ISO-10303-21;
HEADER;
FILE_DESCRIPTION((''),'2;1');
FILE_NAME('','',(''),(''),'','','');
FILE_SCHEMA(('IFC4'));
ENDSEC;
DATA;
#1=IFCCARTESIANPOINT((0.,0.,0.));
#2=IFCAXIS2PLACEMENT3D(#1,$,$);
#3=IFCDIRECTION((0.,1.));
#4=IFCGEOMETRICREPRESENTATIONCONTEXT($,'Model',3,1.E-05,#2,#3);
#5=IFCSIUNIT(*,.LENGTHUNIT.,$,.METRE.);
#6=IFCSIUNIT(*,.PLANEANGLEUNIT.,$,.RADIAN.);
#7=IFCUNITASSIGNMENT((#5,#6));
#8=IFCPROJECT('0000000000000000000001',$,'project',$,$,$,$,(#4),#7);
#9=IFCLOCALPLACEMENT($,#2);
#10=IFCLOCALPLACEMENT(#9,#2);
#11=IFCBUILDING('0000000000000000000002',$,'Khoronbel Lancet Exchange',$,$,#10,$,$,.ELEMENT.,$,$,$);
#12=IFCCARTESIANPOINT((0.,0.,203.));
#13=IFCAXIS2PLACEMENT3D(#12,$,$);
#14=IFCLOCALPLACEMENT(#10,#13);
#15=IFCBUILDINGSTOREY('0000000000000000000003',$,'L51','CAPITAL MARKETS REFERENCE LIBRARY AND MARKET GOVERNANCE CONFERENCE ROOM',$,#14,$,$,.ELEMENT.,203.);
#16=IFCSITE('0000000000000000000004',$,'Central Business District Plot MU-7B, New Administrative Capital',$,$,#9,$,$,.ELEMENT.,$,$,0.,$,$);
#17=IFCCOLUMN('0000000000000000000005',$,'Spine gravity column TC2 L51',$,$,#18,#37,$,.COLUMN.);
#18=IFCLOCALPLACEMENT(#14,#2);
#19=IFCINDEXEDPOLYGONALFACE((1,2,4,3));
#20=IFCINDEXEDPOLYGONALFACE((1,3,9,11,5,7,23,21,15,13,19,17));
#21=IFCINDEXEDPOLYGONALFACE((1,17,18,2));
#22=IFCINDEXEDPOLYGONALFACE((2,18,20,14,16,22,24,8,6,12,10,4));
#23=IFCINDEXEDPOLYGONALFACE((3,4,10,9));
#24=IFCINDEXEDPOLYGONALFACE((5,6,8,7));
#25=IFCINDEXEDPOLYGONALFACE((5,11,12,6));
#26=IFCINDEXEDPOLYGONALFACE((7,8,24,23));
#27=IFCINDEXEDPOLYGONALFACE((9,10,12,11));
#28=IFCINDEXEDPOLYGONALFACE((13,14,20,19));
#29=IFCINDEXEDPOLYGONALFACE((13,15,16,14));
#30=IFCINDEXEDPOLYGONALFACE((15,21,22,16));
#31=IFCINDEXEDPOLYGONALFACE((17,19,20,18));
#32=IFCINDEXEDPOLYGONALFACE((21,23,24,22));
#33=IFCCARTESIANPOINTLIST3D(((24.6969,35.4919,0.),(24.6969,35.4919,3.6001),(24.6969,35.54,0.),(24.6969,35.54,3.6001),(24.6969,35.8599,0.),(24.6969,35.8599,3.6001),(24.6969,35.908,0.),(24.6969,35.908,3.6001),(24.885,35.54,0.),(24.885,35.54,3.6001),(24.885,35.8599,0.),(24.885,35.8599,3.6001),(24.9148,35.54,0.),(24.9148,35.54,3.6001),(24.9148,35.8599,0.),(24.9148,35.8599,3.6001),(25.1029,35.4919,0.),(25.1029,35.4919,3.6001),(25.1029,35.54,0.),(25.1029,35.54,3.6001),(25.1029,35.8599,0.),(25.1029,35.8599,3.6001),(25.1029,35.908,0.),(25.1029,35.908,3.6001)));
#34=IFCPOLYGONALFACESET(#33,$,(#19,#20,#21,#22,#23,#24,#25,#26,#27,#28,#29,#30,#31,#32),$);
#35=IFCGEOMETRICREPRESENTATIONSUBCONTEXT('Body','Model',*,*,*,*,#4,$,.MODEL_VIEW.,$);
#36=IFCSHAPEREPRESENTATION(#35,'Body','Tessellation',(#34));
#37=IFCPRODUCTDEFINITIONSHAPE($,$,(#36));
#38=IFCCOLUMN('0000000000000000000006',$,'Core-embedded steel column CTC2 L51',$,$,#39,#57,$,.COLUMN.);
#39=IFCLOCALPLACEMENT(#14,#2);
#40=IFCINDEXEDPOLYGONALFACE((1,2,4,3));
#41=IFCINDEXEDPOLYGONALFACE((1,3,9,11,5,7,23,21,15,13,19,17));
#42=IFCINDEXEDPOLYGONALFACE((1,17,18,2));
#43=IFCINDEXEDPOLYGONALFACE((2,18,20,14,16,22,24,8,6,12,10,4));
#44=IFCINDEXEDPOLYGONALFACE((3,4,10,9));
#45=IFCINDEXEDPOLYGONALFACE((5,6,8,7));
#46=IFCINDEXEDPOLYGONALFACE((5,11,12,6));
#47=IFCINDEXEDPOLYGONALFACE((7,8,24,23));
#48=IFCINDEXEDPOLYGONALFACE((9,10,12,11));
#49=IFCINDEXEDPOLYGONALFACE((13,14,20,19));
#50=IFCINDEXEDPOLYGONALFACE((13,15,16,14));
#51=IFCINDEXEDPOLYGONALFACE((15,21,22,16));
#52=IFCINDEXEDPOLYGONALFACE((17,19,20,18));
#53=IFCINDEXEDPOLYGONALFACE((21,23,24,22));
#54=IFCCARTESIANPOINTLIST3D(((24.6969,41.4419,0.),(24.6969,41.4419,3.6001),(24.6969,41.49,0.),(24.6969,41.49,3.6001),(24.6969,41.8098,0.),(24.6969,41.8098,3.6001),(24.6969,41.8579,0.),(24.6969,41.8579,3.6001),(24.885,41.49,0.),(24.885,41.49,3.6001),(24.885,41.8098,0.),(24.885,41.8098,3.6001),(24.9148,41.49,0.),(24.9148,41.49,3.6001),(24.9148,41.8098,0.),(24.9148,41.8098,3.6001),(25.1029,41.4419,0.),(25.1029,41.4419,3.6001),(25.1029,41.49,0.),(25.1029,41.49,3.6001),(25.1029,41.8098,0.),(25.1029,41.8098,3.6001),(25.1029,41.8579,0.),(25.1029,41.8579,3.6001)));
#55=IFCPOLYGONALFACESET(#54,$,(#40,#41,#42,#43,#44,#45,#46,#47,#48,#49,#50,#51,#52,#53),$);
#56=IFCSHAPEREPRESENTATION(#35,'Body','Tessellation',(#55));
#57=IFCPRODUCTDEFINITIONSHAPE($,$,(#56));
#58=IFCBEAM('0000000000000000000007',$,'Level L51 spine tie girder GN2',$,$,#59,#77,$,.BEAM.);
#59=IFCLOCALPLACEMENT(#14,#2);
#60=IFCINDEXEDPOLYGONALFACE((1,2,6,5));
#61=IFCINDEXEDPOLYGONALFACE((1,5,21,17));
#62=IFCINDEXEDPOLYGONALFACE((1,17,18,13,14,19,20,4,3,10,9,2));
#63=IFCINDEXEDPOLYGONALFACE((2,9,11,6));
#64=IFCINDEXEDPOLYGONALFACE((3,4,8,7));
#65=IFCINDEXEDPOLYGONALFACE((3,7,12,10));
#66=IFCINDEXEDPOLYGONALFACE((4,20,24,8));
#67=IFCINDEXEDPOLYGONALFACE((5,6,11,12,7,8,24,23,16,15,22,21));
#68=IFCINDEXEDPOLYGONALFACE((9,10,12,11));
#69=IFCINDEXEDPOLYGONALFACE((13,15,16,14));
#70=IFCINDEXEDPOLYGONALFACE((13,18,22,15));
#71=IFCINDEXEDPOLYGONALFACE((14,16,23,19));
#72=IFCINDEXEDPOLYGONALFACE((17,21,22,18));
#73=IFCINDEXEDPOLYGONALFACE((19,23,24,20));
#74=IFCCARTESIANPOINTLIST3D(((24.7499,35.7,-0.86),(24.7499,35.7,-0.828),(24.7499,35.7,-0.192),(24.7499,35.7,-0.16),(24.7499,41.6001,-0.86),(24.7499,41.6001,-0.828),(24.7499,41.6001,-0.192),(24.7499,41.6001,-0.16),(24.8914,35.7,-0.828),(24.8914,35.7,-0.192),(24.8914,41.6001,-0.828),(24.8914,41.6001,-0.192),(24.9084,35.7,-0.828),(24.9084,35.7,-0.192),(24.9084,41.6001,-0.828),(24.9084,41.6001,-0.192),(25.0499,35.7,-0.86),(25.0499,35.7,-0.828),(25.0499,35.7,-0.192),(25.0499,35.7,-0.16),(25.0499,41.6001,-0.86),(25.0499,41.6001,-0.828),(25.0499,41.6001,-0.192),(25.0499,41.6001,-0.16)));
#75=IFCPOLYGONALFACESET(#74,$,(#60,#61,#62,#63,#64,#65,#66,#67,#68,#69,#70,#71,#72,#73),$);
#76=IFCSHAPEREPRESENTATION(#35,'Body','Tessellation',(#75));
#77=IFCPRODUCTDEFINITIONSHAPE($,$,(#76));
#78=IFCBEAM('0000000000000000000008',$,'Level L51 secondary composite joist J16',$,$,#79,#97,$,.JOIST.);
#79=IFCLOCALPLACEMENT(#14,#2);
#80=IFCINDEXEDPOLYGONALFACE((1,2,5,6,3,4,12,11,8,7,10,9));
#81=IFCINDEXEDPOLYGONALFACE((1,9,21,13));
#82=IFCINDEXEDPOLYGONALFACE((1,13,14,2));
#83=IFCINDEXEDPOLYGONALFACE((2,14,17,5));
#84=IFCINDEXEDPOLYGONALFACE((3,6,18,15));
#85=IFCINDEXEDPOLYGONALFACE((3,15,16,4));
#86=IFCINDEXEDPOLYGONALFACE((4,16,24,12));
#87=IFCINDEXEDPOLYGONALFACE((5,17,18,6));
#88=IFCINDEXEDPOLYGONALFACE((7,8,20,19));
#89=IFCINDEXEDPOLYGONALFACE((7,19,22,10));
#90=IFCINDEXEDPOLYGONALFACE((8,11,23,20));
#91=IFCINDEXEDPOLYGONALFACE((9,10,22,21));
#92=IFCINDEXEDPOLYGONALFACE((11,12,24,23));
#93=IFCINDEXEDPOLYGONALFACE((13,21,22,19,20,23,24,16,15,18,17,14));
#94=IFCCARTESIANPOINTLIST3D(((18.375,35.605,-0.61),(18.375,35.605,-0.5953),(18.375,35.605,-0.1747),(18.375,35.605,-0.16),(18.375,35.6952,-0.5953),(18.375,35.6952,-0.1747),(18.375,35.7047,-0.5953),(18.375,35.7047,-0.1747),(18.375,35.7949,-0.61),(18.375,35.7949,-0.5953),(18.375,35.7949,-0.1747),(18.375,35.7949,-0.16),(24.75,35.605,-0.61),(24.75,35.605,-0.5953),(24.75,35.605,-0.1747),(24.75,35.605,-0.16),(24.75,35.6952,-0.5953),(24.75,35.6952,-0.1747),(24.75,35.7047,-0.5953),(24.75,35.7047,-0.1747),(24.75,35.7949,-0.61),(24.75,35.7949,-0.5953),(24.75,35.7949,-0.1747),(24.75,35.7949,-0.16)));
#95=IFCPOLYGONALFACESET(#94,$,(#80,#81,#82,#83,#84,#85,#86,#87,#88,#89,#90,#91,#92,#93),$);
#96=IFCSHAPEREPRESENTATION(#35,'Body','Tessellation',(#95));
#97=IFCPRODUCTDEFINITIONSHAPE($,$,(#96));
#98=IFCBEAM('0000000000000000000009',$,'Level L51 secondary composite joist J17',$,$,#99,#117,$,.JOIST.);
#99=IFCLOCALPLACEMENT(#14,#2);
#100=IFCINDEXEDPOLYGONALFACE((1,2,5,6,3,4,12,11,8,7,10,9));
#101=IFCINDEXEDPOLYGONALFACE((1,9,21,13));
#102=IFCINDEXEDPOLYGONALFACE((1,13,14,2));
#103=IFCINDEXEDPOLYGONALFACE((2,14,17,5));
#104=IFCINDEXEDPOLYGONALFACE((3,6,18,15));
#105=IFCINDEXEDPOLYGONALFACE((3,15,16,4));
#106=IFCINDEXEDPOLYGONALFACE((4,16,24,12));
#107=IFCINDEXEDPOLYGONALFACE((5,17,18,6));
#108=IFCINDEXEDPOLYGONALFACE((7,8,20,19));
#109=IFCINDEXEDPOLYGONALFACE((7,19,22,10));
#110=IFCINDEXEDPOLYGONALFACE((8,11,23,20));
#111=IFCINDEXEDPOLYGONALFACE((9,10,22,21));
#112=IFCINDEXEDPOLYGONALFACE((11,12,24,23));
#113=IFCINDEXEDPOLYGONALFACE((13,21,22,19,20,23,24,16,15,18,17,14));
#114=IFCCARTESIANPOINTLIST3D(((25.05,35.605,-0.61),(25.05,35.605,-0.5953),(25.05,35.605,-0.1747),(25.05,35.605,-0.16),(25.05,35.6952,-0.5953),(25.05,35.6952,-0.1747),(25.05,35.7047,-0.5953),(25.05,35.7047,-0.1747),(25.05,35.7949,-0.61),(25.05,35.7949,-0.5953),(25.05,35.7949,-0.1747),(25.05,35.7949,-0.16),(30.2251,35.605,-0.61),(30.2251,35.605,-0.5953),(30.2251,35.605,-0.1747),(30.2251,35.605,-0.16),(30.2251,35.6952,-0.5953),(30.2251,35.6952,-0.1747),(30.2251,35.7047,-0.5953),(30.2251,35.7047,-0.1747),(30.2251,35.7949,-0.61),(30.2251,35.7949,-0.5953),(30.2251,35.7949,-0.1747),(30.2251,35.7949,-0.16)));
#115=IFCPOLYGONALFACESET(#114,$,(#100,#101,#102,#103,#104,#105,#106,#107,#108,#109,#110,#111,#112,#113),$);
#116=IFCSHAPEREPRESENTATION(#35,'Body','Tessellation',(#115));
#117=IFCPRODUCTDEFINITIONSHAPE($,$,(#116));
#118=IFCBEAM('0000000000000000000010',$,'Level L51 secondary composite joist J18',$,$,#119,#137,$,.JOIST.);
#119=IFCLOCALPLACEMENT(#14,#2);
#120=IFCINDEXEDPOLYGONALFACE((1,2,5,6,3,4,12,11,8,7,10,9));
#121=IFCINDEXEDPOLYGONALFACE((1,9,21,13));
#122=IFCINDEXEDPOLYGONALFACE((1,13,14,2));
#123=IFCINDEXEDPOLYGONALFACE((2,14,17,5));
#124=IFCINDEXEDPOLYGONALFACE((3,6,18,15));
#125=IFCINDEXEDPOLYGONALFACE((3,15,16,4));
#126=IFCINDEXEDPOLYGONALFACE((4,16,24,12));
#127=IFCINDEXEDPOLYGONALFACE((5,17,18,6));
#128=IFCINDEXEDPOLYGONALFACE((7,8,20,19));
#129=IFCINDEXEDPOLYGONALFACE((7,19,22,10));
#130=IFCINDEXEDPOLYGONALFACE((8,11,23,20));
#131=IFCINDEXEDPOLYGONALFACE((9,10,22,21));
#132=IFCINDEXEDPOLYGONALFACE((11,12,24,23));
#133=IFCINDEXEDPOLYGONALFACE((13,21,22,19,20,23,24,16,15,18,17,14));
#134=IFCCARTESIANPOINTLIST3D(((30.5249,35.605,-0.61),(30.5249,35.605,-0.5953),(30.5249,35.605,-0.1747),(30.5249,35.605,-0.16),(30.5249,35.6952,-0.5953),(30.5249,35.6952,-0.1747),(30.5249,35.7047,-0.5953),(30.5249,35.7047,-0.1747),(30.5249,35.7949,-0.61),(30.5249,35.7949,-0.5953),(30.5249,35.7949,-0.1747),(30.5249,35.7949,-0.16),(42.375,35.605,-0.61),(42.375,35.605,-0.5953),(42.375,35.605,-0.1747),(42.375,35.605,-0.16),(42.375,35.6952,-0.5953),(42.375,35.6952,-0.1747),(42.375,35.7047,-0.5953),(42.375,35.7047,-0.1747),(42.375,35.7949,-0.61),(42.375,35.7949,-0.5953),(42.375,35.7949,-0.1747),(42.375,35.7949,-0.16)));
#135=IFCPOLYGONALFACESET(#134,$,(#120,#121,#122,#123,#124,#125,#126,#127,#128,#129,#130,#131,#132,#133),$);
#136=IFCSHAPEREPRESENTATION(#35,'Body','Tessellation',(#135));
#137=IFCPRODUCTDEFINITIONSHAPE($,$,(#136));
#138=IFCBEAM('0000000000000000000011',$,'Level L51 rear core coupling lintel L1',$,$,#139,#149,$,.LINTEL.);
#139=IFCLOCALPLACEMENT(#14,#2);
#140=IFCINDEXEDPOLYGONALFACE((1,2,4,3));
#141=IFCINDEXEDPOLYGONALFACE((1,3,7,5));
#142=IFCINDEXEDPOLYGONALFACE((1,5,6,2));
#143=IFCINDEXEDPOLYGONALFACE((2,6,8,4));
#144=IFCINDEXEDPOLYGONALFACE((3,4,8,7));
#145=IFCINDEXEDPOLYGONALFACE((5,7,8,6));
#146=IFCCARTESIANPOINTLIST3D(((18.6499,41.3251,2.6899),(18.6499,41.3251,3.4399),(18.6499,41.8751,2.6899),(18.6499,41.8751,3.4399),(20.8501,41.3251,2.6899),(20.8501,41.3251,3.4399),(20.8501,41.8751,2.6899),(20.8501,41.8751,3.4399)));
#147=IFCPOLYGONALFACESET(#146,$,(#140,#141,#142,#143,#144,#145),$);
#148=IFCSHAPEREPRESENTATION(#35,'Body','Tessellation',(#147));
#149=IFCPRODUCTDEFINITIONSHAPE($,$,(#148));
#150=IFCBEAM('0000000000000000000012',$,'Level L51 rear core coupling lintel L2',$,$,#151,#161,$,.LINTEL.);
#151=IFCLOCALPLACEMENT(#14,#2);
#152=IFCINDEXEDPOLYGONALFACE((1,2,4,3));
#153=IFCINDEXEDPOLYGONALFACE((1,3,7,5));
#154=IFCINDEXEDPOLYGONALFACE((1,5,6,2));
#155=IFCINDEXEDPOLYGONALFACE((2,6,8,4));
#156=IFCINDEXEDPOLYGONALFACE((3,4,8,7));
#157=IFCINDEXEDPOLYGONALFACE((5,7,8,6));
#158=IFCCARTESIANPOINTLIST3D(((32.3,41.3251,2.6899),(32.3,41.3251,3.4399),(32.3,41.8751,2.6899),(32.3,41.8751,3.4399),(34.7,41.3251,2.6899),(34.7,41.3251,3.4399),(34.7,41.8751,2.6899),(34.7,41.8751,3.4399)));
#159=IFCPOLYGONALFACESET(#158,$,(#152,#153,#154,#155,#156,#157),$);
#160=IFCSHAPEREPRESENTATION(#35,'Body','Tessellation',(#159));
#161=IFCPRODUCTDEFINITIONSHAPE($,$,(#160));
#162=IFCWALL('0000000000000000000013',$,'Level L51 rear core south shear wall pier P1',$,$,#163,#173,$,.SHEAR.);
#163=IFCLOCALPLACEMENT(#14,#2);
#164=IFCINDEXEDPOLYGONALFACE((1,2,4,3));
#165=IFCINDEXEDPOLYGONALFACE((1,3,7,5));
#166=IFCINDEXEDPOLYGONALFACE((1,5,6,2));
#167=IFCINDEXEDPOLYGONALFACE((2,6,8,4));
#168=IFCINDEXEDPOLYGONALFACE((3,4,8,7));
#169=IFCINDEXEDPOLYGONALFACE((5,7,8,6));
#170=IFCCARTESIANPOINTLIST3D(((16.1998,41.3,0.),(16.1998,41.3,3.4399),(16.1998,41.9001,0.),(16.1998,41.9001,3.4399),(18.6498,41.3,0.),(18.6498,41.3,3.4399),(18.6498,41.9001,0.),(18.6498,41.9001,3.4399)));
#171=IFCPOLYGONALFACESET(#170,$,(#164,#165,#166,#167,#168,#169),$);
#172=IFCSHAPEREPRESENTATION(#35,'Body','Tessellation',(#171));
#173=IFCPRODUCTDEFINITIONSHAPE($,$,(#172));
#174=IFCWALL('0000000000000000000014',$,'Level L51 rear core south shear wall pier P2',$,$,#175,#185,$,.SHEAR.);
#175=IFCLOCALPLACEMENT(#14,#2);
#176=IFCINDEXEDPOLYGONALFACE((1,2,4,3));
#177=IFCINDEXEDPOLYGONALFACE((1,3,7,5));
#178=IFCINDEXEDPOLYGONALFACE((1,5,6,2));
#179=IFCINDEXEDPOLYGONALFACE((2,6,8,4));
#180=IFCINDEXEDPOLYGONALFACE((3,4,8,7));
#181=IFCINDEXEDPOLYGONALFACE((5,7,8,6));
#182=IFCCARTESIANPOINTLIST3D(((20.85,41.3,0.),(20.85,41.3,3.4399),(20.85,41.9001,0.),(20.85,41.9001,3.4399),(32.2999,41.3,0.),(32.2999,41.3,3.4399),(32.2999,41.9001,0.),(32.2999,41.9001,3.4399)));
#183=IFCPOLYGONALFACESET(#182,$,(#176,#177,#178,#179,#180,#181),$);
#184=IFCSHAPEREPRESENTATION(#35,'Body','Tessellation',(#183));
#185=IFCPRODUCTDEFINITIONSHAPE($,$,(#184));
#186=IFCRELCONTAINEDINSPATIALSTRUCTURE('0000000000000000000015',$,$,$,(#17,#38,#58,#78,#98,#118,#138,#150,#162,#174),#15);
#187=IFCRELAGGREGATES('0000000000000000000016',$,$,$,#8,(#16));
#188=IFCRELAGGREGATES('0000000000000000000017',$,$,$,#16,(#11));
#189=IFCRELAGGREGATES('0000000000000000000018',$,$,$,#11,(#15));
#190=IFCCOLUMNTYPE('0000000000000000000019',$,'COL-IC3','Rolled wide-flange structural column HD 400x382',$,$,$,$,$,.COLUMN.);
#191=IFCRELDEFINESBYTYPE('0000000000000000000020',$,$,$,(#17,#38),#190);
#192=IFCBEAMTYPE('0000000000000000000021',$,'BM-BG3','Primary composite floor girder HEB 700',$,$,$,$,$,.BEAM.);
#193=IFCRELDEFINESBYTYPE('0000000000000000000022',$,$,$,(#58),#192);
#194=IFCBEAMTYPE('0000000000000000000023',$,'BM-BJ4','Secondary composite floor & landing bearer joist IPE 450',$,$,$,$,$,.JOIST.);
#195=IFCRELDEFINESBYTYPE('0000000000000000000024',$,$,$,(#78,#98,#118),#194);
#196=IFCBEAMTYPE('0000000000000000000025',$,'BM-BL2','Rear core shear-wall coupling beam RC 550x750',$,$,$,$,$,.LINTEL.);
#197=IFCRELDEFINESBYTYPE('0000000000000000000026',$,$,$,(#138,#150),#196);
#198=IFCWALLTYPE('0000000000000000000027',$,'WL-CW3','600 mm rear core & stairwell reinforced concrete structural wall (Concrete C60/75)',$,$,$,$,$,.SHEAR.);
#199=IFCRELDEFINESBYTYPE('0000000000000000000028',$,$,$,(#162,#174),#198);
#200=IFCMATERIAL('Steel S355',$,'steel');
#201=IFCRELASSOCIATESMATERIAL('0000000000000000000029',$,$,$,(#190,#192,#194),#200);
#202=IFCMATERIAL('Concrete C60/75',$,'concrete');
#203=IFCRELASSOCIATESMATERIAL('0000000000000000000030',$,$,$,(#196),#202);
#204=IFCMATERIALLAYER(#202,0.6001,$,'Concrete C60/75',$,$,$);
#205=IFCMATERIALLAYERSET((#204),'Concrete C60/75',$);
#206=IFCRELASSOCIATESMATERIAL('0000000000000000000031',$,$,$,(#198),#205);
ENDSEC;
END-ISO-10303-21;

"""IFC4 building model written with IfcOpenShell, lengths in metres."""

from ifc_helpers import new_model, si_unit, direction, frame, frame_2d, origin, origin_2d, place, context, subcontext, project, spatial, rectangle, i_section, extrude, material, layer, layer_set, material_profile, profile_set, type_object, element, save


model = new_model("IFC4")

# Units and contexts
model_context = context("Model", 3, precision=1e-05, world=origin(), true_north=direction((0.0, 1.0)))
body_context = subcontext(model_context, "Body", "Model", "MODEL_VIEW")
ifc_project = project(units=[si_unit("LENGTHUNIT", "METRE"), si_unit("PLANEANGLEUNIT", "RADIAN")], contexts=[model_context])

# Site, building, storey
site_placement = place(None, origin())
site = spatial("IfcSite", under=ifc_project, at=site_placement, Name="Central Business District Plot MU-7B, New Administrative Capital", CompositionType="ELEMENT", RefElevation=0.0)
building_placement = place(site_placement, origin())
building = spatial("IfcBuilding", under=site, at=building_placement, Name="Khoronbel Lancet Exchange", CompositionType="ELEMENT")
storey_placement = place(building_placement, frame((0.0, 0.0, 203.0)))
storey = spatial("IfcBuildingStorey", under=building, at=storey_placement, Name="L51", Description="CAPITAL MARKETS REFERENCE LIBRARY AND MARKET GOVERNANCE CONFERENCE ROOM", CompositionType="ELEMENT", Elevation=203.0)

# Columns
ifc_material_1 = material(Name="Steel S355", Category="steel")
ifc_material_profile_1 = material_profile(ifc_material_1, i_section(OverallWidth=0.406, OverallDepth=0.416, WebThickness=0.0298, FlangeThickness=0.0481, at=origin_2d()), Name="HD 400x382")
ifc_profile_set_1 = profile_set([ifc_material_profile_1], Name="Steel S355")
column_type = type_object("IfcColumnType", Name="COL-IC3", Description="Rolled wide-flange structural column HD 400x382", PredefinedType="COLUMN", material=ifc_profile_set_1)
for number, where, z_axis, x_axis, name in (
    (1, (24.8999, 35.7, 0.0), (0.0, 0.0, 1.0), (1.0, 0.0, 0.0), "Spine gravity column TC2 L51"),
    (2, (24.8999, 41.6499, 0.0), (0.0, 0.0, 1.0), (1.0, 0.0, 0.0), "Core-embedded steel column CTC2 L51"),
):
    element("IfcColumn", number, at=place(storey_placement, frame(where, z_axis=z_axis, x_axis=x_axis)), inside=storey, type_object=column_type, Name=name, PredefinedType="COLUMN", context=body_context, shape_type="SweptSolid", body=[
        extrude(i_section(OverallWidth=0.406, OverallDepth=0.416, WebThickness=0.0298, FlangeThickness=0.0481, at=origin_2d()), origin(), (0.0, 0.0, 1.0), 3.6001),
    ])

# Beams
ifc_material_profile_2 = material_profile(ifc_material_1, i_section(OverallWidth=0.3, OverallDepth=0.7, WebThickness=0.0171, FlangeThickness=0.032, at=origin_2d()), Name="HEB 700")
ifc_profile_set_2 = profile_set([ifc_material_profile_2], Name="Steel S355")
beam_type_1 = type_object("IfcBeamType", Name="BM-BG3", Description="Primary composite floor girder HEB 700", PredefinedType="BEAM", material=ifc_profile_set_2)
beam_1_placement = place(storey_placement, frame((24.8999, 35.7, -0.51), z_axis=(0.0, 1.0, 0.0), x_axis=(-1.0, 0.0, 0.0)))
element("IfcBeam", 3, at=beam_1_placement, inside=storey, type_object=beam_type_1, Name="Level L51 spine tie girder GN2", PredefinedType="BEAM", context=body_context, shape_type="SweptSolid", body=[
    extrude(i_section(OverallWidth=0.3, OverallDepth=0.7, WebThickness=0.0171, FlangeThickness=0.032, at=origin_2d()), origin(), (0.0, 0.0, 1.0), 5.9001),
])
ifc_material_profile_3 = material_profile(ifc_material_1, i_section(OverallWidth=0.1899, OverallDepth=0.45, WebThickness=0.0095, FlangeThickness=0.0146, at=origin_2d()), Name="IPE 450")
ifc_profile_set_3 = profile_set([ifc_material_profile_3], Name="Steel S355")
beam_type_2 = type_object("IfcBeamType", Name="BM-BJ4", Description="Secondary composite floor & landing bearer joist IPE 450", PredefinedType="JOIST", material=ifc_profile_set_3)
beam_2_placement = place(storey_placement, frame((18.375, 35.7, -0.385), z_axis=(1.0, 0.0, 0.0), x_axis=(0.0, 1.0, 0.0)))
element("IfcBeam", 4, at=beam_2_placement, inside=storey, type_object=beam_type_2, Name="Level L51 secondary composite joist J16", PredefinedType="JOIST", context=body_context, shape_type="SweptSolid", body=[
    extrude(i_section(OverallWidth=0.1899, OverallDepth=0.45, WebThickness=0.0095, FlangeThickness=0.0146, at=origin_2d()), origin(), (0.0, 0.0, 1.0), 6.375),
])
beam_3_placement = place(storey_placement, frame((25.05, 35.7, -0.385), z_axis=(1.0, 0.0, 0.0), x_axis=(0.0, 1.0, 0.0)))
element("IfcBeam", 5, at=beam_3_placement, inside=storey, type_object=beam_type_2, Name="Level L51 secondary composite joist J17", PredefinedType="JOIST", context=body_context, shape_type="SweptSolid", body=[
    extrude(i_section(OverallWidth=0.1899, OverallDepth=0.45, WebThickness=0.0095, FlangeThickness=0.0146, at=origin_2d()), origin(), (0.0, 0.0, 1.0), 5.175),
])
beam_4_placement = place(storey_placement, frame((30.5249, 35.7, -0.385), z_axis=(1.0, 0.0, 0.0), x_axis=(0.0, 1.0, 0.0)))
element("IfcBeam", 6, at=beam_4_placement, inside=storey, type_object=beam_type_2, Name="Level L51 secondary composite joist J18", PredefinedType="JOIST", context=body_context, shape_type="SweptSolid", body=[
    extrude(i_section(OverallWidth=0.1899, OverallDepth=0.45, WebThickness=0.0095, FlangeThickness=0.0146, at=origin_2d()), origin(), (0.0, 0.0, 1.0), 11.8501),
])
ifc_material_2 = material(Name="Concrete C60/75", Category="concrete")
ifc_material_profile_4 = material_profile(ifc_material_2, rectangle(XDim=0.55, YDim=0.75, at=origin_2d()), Name="RC 550x750")
ifc_profile_set_4 = profile_set([ifc_material_profile_4], Name="Concrete C60/75")
beam_type_3 = type_object("IfcBeamType", Name="BM-BL2", Description="Rear core shear-wall coupling beam RC 550x750", PredefinedType="LINTEL", material=ifc_profile_set_4)
beam_5_placement = place(storey_placement, frame((18.6499, 41.6001, 3.0649), z_axis=(1.0, 0.0, 0.0), x_axis=(0.0, 1.0, 0.0)))
element("IfcBeam", 7, at=beam_5_placement, inside=storey, type_object=beam_type_3, Name="Level L51 rear core coupling lintel L1", PredefinedType="LINTEL", context=body_context, shape_type="SweptSolid", body=[
    extrude(rectangle(XDim=0.55, YDim=0.75, at=origin_2d()), origin(), (0.0, 0.0, 1.0), 2.2002),
])
beam_6_placement = place(storey_placement, frame((32.3, 41.6001, 3.0649), z_axis=(1.0, 0.0, 0.0), x_axis=(0.0, 1.0, 0.0)))
element("IfcBeam", 8, at=beam_6_placement, inside=storey, type_object=beam_type_3, Name="Level L51 rear core coupling lintel L2", PredefinedType="LINTEL", context=body_context, shape_type="SweptSolid", body=[
    extrude(rectangle(XDim=0.55, YDim=0.75, at=origin_2d()), origin(), (0.0, 0.0, 1.0), 2.3999),
])

# Walls
ifc_layer_1 = layer(ifc_material_2, 0.6001, Name="Concrete C60/75")
ifc_layer_set_1 = layer_set([ifc_layer_1], Name="Concrete C60/75")
wall_type_1 = type_object("IfcWallType", Name="WL-CW3", Description="600 mm rear core & stairwell reinforced concrete structural wall (Concrete C60/75)", PredefinedType="SHEAR", material=ifc_layer_set_1)
wall_1_placement = place(storey_placement, frame((18.6499, 41.6001, 0.0), z_axis=(0.0, 0.0, 1.0), x_axis=(-1.0, 0.0, 0.0)))
element("IfcWall", 9, at=wall_1_placement, inside=storey, type_object=wall_type_1, Name="Level L51 rear core south shear wall pier P1", PredefinedType="SHEAR", context=body_context, shape_type="SweptSolid", body=[
    extrude(rectangle(XDim=2.45, YDim=0.6001, at=frame_2d((1.2251, 0.0))), origin(), (0.0, 0.0, 1.0), 3.4399),
])
wall_2_placement = place(storey_placement, frame((32.3, 41.6001, 0.0), z_axis=(0.0, 0.0, 1.0), x_axis=(-1.0, 0.0, 0.0)))
element("IfcWall", 10, at=wall_2_placement, inside=storey, type_object=wall_type_1, Name="Level L51 rear core south shear wall pier P2", PredefinedType="SHEAR", context=body_context, shape_type="SweptSolid", body=[
    extrude(rectangle(XDim=11.45, YDim=0.6001, at=frame_2d((5.7251, 0.0))), origin(), (0.0, 0.0, 1.0), 3.4399),
])

save(model, "model.ifc")
